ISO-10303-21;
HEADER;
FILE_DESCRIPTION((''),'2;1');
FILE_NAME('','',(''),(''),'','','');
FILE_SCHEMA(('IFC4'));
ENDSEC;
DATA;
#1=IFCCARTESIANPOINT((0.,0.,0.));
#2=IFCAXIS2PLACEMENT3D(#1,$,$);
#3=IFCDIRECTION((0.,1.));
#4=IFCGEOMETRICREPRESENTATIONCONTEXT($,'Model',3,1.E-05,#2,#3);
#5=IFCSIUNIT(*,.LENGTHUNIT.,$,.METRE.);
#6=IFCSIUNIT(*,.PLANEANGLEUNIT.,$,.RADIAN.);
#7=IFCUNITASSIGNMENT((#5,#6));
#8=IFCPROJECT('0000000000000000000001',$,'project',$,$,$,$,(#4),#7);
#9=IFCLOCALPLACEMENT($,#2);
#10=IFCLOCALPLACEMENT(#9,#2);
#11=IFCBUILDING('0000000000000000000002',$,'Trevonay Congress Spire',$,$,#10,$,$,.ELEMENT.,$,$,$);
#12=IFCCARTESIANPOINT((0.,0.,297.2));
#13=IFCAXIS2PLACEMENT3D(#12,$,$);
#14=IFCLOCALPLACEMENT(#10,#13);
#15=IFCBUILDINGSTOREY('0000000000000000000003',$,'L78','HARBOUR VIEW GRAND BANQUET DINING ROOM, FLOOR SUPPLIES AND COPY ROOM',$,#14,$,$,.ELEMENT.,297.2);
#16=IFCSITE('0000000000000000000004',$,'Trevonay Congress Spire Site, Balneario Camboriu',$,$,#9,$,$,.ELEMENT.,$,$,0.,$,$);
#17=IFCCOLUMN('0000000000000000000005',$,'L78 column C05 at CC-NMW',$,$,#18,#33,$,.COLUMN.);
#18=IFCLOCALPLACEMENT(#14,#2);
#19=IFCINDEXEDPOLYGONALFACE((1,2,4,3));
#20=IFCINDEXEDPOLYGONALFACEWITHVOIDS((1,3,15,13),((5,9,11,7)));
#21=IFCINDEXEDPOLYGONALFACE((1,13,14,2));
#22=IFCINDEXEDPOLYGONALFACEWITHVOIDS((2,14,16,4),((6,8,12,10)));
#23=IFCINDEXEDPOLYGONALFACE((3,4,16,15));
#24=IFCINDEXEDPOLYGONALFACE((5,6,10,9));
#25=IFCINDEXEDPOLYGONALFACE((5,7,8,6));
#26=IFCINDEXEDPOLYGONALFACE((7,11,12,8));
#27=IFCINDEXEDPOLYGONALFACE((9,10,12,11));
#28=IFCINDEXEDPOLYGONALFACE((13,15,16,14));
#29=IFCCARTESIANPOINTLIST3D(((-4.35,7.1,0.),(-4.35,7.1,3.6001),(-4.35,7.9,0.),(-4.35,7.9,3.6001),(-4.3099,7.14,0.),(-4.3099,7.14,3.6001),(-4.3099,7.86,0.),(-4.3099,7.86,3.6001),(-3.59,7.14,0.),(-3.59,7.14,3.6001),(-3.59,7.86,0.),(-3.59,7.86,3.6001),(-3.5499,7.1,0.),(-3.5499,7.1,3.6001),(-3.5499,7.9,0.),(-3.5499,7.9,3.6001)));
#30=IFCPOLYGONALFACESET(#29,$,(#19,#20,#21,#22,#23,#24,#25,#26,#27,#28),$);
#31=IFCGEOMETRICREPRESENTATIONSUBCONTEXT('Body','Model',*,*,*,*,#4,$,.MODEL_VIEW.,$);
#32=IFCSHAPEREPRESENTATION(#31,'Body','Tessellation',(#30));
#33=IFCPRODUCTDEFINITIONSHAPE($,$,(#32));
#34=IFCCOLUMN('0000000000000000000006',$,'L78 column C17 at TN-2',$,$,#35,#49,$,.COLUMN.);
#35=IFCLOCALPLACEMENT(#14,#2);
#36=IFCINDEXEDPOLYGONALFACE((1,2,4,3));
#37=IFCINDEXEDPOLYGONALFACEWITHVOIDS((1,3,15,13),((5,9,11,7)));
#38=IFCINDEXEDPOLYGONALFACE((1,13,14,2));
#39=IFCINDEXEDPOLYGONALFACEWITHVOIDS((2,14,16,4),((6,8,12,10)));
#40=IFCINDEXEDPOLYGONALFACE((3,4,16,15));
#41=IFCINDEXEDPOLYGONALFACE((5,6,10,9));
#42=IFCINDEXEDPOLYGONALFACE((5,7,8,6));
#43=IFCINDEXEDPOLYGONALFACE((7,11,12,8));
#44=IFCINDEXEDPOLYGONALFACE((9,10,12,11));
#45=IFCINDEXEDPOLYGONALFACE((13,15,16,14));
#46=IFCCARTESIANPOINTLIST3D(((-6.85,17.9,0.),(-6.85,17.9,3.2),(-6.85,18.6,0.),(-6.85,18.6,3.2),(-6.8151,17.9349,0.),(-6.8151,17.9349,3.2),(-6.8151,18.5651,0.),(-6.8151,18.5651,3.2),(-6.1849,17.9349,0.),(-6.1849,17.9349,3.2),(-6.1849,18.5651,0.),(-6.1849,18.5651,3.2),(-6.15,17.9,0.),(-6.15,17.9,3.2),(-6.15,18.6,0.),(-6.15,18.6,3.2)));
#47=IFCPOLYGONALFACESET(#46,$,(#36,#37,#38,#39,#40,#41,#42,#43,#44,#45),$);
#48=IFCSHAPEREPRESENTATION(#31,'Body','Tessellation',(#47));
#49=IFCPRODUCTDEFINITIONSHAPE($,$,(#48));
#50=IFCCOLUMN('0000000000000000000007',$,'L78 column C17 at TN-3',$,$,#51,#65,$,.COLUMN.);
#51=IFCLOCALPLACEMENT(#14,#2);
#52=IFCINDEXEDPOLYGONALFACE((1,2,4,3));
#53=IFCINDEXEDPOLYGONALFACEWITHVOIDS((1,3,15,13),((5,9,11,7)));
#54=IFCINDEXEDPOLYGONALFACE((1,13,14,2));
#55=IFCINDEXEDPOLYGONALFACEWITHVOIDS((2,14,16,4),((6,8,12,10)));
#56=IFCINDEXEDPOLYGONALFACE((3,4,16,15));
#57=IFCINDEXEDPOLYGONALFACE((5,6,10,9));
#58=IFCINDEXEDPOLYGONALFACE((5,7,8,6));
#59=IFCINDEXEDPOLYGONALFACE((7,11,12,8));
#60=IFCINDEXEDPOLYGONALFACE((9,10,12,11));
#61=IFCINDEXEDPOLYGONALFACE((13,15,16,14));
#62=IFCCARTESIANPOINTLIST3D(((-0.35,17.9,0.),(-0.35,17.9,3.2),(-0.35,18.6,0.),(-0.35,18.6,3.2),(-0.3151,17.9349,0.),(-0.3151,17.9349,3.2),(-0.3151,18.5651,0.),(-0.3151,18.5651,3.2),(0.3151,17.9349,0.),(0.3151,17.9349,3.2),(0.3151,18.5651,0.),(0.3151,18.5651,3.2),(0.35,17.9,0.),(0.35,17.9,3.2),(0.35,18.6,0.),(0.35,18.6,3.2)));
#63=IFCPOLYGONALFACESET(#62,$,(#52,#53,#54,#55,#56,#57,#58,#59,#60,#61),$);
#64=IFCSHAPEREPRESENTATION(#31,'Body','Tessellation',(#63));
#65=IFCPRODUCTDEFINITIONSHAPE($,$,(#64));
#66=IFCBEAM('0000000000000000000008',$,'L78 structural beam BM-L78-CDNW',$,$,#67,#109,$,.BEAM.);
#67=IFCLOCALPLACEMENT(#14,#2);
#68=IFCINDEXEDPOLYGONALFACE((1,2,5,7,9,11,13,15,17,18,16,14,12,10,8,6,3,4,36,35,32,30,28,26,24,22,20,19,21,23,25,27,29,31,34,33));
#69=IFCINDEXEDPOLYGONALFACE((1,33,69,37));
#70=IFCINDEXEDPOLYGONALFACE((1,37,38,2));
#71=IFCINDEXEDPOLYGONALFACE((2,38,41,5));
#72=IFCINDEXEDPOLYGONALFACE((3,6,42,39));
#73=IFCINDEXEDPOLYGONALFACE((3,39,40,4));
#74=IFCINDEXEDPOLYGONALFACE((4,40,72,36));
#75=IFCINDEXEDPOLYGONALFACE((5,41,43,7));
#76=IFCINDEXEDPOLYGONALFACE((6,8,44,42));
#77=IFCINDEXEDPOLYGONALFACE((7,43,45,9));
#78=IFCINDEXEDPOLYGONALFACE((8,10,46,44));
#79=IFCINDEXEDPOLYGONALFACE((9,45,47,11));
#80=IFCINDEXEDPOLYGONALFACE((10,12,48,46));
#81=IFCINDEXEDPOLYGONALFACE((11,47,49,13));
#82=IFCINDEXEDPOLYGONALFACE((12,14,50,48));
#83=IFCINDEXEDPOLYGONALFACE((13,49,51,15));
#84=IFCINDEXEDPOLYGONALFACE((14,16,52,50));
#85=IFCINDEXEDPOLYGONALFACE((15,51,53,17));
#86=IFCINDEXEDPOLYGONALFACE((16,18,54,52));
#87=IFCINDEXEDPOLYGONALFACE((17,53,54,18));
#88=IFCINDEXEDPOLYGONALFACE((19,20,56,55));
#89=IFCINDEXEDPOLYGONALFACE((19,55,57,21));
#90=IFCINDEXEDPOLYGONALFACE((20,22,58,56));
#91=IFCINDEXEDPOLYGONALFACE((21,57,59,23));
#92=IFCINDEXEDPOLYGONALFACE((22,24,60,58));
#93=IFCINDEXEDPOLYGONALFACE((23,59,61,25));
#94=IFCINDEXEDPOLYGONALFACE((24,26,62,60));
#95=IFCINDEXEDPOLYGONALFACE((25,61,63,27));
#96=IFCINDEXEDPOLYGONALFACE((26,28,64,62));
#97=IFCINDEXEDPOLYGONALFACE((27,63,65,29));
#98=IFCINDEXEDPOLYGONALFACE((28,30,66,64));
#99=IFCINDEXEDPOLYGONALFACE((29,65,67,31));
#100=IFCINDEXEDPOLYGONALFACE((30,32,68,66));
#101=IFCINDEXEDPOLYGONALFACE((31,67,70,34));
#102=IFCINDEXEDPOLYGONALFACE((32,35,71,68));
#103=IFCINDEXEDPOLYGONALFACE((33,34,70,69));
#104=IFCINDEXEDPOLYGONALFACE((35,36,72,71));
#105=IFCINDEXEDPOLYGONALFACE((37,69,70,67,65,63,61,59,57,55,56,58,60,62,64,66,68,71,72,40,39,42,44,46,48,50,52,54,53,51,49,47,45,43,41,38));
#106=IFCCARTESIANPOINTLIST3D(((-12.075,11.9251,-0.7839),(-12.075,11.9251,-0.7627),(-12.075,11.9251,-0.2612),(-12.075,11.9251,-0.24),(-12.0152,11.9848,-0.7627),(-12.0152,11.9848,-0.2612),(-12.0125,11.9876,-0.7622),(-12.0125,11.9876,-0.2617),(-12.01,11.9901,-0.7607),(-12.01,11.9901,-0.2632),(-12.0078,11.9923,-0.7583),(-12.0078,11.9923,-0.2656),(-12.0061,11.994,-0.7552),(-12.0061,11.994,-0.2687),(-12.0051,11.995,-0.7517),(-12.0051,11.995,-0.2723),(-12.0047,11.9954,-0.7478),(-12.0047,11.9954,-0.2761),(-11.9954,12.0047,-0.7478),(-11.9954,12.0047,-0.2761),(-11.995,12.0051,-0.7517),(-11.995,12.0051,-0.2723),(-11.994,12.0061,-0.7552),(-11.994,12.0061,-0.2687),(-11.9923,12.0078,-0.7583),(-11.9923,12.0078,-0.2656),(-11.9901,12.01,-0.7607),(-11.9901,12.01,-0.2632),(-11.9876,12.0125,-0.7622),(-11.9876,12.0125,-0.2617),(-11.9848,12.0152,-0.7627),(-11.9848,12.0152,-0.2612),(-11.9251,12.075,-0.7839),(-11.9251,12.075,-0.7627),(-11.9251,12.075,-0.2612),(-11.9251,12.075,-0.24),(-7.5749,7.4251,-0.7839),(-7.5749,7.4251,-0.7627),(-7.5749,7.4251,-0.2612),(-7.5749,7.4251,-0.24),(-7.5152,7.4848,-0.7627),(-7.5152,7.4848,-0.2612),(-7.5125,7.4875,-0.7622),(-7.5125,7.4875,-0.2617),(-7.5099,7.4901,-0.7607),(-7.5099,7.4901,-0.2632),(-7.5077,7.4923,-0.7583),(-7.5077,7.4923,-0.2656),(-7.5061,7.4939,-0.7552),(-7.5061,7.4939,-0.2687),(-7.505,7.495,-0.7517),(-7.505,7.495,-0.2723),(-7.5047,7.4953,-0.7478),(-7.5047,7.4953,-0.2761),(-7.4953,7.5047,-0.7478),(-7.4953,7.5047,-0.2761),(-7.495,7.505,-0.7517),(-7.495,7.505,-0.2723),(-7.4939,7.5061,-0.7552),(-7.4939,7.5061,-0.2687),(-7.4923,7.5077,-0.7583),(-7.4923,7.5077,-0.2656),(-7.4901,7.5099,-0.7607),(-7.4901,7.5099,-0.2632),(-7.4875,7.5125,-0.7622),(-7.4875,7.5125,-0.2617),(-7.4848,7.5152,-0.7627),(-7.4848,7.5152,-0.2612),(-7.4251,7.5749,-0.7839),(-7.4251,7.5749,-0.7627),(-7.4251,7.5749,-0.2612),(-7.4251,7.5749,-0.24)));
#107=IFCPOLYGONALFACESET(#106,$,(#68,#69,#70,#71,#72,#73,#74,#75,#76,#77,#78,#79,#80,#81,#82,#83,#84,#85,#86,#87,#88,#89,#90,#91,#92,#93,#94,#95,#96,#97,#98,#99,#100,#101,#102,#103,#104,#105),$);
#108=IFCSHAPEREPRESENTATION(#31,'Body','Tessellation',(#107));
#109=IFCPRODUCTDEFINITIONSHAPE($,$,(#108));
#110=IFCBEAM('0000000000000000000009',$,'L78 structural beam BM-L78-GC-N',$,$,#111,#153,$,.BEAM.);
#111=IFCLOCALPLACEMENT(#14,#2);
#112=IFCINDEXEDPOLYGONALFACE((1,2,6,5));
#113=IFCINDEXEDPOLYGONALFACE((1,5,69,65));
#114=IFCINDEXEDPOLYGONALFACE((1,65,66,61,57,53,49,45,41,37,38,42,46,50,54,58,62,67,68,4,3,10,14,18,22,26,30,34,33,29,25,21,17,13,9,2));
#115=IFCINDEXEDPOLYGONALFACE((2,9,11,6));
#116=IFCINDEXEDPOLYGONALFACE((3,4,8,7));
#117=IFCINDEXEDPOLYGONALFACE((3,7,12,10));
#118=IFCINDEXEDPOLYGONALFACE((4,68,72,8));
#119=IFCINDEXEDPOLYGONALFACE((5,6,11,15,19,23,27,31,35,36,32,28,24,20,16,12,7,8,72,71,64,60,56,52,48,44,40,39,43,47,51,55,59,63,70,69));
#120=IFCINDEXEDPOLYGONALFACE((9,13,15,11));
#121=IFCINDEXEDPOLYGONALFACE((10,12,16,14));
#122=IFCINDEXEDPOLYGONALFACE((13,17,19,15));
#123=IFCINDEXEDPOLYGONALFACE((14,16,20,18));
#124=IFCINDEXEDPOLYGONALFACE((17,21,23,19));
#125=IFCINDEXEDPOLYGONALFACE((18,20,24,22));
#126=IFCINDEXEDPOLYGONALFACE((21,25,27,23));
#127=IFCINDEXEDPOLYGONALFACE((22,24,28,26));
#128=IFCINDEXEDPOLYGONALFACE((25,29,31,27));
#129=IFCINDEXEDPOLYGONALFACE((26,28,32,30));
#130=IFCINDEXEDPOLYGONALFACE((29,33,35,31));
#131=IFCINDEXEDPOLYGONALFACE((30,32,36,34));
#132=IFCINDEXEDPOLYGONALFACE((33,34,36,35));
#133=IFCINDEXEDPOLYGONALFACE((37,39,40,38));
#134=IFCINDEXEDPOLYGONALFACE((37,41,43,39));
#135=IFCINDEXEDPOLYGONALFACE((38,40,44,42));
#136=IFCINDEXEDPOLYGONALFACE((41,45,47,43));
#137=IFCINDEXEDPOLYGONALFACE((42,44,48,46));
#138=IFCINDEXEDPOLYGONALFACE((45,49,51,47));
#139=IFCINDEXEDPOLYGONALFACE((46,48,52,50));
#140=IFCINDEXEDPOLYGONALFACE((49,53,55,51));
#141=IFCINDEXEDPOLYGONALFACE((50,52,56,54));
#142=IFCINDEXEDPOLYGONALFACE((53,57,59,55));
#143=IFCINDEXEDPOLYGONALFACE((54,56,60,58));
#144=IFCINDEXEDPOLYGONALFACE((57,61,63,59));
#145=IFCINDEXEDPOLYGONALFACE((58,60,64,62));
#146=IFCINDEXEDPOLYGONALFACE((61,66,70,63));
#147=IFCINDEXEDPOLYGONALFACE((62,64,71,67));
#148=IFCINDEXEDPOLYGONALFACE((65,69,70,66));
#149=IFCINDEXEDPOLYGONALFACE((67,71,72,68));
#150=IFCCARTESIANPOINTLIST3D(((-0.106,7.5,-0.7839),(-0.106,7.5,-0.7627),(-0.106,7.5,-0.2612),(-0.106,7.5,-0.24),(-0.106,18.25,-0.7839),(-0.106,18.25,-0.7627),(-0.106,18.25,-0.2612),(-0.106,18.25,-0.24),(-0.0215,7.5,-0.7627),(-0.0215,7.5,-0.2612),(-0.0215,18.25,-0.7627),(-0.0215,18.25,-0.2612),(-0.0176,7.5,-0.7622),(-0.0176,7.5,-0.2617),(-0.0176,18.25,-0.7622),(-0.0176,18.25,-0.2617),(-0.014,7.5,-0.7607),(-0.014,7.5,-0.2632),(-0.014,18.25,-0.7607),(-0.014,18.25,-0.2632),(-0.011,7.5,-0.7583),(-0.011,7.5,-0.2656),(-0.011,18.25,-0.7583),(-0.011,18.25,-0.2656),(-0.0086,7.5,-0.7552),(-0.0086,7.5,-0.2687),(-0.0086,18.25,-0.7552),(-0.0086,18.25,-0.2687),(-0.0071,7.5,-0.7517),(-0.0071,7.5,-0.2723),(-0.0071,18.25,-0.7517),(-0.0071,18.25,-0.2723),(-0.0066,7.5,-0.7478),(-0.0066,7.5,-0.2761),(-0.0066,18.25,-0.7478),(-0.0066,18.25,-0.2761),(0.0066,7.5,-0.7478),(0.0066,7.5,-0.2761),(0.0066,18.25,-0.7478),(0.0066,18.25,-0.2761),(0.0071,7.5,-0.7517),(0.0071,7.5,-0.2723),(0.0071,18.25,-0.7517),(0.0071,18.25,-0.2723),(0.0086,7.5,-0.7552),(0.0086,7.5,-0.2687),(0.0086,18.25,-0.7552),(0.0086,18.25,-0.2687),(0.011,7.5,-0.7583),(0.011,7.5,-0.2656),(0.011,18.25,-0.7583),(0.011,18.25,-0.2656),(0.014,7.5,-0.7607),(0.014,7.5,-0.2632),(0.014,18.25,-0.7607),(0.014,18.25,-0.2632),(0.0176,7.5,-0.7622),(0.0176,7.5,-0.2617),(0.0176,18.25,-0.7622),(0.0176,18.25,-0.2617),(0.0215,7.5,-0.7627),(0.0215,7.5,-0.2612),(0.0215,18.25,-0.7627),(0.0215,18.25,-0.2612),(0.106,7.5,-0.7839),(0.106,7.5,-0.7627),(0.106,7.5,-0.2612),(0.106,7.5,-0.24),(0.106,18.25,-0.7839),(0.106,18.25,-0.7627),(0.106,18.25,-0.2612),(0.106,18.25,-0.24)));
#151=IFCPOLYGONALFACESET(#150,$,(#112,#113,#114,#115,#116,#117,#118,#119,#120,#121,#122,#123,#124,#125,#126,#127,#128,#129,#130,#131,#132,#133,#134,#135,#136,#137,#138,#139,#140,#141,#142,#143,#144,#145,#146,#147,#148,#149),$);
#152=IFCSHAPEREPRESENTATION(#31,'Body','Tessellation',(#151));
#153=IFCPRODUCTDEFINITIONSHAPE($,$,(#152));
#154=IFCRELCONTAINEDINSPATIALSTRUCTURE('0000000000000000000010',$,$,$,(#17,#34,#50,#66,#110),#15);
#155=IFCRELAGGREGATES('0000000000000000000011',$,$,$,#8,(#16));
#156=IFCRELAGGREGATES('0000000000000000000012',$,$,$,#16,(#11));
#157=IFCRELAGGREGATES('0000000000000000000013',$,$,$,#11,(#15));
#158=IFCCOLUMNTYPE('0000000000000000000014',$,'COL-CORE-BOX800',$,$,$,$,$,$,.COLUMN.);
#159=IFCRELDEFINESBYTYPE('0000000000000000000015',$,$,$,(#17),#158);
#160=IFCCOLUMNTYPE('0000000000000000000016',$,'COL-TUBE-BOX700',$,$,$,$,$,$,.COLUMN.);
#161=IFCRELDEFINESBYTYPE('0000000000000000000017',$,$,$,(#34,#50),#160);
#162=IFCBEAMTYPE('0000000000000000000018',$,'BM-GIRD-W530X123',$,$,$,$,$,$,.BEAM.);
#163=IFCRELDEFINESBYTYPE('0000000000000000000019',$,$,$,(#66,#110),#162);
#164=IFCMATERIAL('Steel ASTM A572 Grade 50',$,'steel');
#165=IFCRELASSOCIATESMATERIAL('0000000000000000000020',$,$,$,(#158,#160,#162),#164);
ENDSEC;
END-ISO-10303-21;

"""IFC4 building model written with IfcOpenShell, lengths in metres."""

from ifc_helpers import new_model, si_unit, direction, frame, origin, origin_2d, place, context, subcontext, project, spatial, hollow_rectangle, i_section, extrude, material, material_profile, profile_set, type_object, element, save


model = new_model("IFC4")

# Units and contexts
model_context = context("Model", 3, precision=1e-05, world=origin(), true_north=direction((0.0, 1.0)))
body_context = subcontext(model_context, "Body", "Model", "MODEL_VIEW")
ifc_project = project(units=[si_unit("LENGTHUNIT", "METRE"), si_unit("PLANEANGLEUNIT", "RADIAN")], contexts=[model_context])

# Site, building, storey
site_placement = place(None, origin())
site = spatial("IfcSite", under=ifc_project, at=site_placement, Name="Trevonay Congress Spire Site, Balneario Camboriu", CompositionType="ELEMENT", RefElevation=0.0)
building_placement = place(site_placement, origin())
building = spatial("IfcBuilding", under=site, at=building_placement, Name="Trevonay Congress Spire", CompositionType="ELEMENT")
storey_placement = place(building_placement, frame((0.0, 0.0, 297.2)))
storey = spatial("IfcBuildingStorey", under=building, at=storey_placement, Name="L78", Description="HARBOUR VIEW GRAND BANQUET DINING ROOM, FLOOR SUPPLIES AND COPY ROOM", CompositionType="ELEMENT", Elevation=297.2)

# Columns
ifc_material_1 = material(Name="Steel ASTM A572 Grade 50", Category="steel")
ifc_material_profile_1 = material_profile(ifc_material_1, hollow_rectangle(XDim=0.8, YDim=0.8, WallThickness=0.04, at=origin_2d()), Name="BOX 800x800x40")
ifc_profile_set_1 = profile_set([ifc_material_profile_1], Name="Steel ASTM A572 Grade 50")
column_type_1 = type_object("IfcColumnType", Name="COL-CORE-BOX800", PredefinedType="COLUMN", material=ifc_profile_set_1)
column_placement = place(storey_placement, frame((-3.95, 7.5, 0.0), z_axis=(0.0, 0.0, 1.0), x_axis=(1.0, 0.0, 0.0)))
element("IfcColumn", 1, at=column_placement, inside=storey, type_object=column_type_1, Name="L78 column C05 at CC-NMW", PredefinedType="COLUMN", context=body_context, shape_type="SweptSolid", body=[
    extrude(hollow_rectangle(XDim=0.8, YDim=0.8, WallThickness=0.04, at=origin_2d()), origin(), (0.0, 0.0, 1.0), 3.6001),
])
ifc_material_profile_2 = material_profile(ifc_material_1, hollow_rectangle(XDim=0.7, YDim=0.7, WallThickness=0.0349, at=origin_2d()), Name="BOX 700x700x35")
ifc_profile_set_2 = profile_set([ifc_material_profile_2], Name="Steel ASTM A572 Grade 50")
column_type_2 = type_object("IfcColumnType", Name="COL-TUBE-BOX700", PredefinedType="COLUMN", material=ifc_profile_set_2)
for number, where, z_axis, x_axis, name in (
    (2, (-6.5, 18.25, 0.0), (0.0, 0.0, 1.0), (1.0, 0.0, 0.0), "L78 column C17 at TN-2"),
    (3, (0.0, 18.25, 0.0), (0.0, 0.0, 1.0), (1.0, 0.0, 0.0), "L78 column C17 at TN-3"),
):
    element("IfcColumn", number, at=place(storey_placement, frame(where, z_axis=z_axis, x_axis=x_axis)), inside=storey, type_object=column_type_2, Name=name, PredefinedType="COLUMN", context=body_context, shape_type="SweptSolid", body=[
        extrude(hollow_rectangle(XDim=0.7, YDim=0.7, WallThickness=0.0349, at=origin_2d()), origin(), (0.0, 0.0, 1.0), 3.2),
    ])

# Beams
ifc_material_profile_3 = material_profile(ifc_material_1, i_section(OverallWidth=0.2119, OverallDepth=0.5439, WebThickness=0.0132, FlangeThickness=0.0212, FilletRadius=0.0149, at=origin_2d()), Name="W530x123")
ifc_profile_set_3 = profile_set([ifc_material_profile_3], Name="Steel ASTM A572 Grade 50")
beam_type_1 = type_object("IfcBeamType", Name="BM-GIRD-W530X123", PredefinedType="BEAM", material=ifc_profile_set_3)
beam_1_placement = place(storey_placement, frame((-7.5, 7.5, -0.512), z_axis=(-0.707107, 0.707107, 0.0), x_axis=(-0.707107, -0.707107, 0.0)))
element("IfcBeam", 4, at=beam_1_placement, inside=storey, type_object=beam_type_1, Name="L78 structural beam BM-L78-CDNW", PredefinedType="BEAM", context=body_context, shape_type="SweptSolid", body=[
    extrude(i_section(OverallWidth=0.2119, OverallDepth=0.5439, WebThickness=0.0132, FlangeThickness=0.0212, FilletRadius=0.0149, at=origin_2d()), origin(), (0.0, 0.0, 1.0), 6.364),
])
beam_2_placement = place(storey_placement, frame((0.0, 7.5, -0.512), z_axis=(0.0, 1.0, 0.0), x_axis=(-1.0, 0.0, 0.0)))
element("IfcBeam", 5, at=beam_2_placement, inside=storey, type_object=beam_type_1, Name="L78 structural beam BM-L78-GC-N", PredefinedType="BEAM", context=body_context, shape_type="SweptSolid", body=[
    extrude(i_section(OverallWidth=0.2119, OverallDepth=0.5439, WebThickness=0.0132, FlangeThickness=0.0212, FilletRadius=0.0149, at=origin_2d()), origin(), (0.0, 0.0, 1.0), 10.75),
])

save(model, "model.ifc")
